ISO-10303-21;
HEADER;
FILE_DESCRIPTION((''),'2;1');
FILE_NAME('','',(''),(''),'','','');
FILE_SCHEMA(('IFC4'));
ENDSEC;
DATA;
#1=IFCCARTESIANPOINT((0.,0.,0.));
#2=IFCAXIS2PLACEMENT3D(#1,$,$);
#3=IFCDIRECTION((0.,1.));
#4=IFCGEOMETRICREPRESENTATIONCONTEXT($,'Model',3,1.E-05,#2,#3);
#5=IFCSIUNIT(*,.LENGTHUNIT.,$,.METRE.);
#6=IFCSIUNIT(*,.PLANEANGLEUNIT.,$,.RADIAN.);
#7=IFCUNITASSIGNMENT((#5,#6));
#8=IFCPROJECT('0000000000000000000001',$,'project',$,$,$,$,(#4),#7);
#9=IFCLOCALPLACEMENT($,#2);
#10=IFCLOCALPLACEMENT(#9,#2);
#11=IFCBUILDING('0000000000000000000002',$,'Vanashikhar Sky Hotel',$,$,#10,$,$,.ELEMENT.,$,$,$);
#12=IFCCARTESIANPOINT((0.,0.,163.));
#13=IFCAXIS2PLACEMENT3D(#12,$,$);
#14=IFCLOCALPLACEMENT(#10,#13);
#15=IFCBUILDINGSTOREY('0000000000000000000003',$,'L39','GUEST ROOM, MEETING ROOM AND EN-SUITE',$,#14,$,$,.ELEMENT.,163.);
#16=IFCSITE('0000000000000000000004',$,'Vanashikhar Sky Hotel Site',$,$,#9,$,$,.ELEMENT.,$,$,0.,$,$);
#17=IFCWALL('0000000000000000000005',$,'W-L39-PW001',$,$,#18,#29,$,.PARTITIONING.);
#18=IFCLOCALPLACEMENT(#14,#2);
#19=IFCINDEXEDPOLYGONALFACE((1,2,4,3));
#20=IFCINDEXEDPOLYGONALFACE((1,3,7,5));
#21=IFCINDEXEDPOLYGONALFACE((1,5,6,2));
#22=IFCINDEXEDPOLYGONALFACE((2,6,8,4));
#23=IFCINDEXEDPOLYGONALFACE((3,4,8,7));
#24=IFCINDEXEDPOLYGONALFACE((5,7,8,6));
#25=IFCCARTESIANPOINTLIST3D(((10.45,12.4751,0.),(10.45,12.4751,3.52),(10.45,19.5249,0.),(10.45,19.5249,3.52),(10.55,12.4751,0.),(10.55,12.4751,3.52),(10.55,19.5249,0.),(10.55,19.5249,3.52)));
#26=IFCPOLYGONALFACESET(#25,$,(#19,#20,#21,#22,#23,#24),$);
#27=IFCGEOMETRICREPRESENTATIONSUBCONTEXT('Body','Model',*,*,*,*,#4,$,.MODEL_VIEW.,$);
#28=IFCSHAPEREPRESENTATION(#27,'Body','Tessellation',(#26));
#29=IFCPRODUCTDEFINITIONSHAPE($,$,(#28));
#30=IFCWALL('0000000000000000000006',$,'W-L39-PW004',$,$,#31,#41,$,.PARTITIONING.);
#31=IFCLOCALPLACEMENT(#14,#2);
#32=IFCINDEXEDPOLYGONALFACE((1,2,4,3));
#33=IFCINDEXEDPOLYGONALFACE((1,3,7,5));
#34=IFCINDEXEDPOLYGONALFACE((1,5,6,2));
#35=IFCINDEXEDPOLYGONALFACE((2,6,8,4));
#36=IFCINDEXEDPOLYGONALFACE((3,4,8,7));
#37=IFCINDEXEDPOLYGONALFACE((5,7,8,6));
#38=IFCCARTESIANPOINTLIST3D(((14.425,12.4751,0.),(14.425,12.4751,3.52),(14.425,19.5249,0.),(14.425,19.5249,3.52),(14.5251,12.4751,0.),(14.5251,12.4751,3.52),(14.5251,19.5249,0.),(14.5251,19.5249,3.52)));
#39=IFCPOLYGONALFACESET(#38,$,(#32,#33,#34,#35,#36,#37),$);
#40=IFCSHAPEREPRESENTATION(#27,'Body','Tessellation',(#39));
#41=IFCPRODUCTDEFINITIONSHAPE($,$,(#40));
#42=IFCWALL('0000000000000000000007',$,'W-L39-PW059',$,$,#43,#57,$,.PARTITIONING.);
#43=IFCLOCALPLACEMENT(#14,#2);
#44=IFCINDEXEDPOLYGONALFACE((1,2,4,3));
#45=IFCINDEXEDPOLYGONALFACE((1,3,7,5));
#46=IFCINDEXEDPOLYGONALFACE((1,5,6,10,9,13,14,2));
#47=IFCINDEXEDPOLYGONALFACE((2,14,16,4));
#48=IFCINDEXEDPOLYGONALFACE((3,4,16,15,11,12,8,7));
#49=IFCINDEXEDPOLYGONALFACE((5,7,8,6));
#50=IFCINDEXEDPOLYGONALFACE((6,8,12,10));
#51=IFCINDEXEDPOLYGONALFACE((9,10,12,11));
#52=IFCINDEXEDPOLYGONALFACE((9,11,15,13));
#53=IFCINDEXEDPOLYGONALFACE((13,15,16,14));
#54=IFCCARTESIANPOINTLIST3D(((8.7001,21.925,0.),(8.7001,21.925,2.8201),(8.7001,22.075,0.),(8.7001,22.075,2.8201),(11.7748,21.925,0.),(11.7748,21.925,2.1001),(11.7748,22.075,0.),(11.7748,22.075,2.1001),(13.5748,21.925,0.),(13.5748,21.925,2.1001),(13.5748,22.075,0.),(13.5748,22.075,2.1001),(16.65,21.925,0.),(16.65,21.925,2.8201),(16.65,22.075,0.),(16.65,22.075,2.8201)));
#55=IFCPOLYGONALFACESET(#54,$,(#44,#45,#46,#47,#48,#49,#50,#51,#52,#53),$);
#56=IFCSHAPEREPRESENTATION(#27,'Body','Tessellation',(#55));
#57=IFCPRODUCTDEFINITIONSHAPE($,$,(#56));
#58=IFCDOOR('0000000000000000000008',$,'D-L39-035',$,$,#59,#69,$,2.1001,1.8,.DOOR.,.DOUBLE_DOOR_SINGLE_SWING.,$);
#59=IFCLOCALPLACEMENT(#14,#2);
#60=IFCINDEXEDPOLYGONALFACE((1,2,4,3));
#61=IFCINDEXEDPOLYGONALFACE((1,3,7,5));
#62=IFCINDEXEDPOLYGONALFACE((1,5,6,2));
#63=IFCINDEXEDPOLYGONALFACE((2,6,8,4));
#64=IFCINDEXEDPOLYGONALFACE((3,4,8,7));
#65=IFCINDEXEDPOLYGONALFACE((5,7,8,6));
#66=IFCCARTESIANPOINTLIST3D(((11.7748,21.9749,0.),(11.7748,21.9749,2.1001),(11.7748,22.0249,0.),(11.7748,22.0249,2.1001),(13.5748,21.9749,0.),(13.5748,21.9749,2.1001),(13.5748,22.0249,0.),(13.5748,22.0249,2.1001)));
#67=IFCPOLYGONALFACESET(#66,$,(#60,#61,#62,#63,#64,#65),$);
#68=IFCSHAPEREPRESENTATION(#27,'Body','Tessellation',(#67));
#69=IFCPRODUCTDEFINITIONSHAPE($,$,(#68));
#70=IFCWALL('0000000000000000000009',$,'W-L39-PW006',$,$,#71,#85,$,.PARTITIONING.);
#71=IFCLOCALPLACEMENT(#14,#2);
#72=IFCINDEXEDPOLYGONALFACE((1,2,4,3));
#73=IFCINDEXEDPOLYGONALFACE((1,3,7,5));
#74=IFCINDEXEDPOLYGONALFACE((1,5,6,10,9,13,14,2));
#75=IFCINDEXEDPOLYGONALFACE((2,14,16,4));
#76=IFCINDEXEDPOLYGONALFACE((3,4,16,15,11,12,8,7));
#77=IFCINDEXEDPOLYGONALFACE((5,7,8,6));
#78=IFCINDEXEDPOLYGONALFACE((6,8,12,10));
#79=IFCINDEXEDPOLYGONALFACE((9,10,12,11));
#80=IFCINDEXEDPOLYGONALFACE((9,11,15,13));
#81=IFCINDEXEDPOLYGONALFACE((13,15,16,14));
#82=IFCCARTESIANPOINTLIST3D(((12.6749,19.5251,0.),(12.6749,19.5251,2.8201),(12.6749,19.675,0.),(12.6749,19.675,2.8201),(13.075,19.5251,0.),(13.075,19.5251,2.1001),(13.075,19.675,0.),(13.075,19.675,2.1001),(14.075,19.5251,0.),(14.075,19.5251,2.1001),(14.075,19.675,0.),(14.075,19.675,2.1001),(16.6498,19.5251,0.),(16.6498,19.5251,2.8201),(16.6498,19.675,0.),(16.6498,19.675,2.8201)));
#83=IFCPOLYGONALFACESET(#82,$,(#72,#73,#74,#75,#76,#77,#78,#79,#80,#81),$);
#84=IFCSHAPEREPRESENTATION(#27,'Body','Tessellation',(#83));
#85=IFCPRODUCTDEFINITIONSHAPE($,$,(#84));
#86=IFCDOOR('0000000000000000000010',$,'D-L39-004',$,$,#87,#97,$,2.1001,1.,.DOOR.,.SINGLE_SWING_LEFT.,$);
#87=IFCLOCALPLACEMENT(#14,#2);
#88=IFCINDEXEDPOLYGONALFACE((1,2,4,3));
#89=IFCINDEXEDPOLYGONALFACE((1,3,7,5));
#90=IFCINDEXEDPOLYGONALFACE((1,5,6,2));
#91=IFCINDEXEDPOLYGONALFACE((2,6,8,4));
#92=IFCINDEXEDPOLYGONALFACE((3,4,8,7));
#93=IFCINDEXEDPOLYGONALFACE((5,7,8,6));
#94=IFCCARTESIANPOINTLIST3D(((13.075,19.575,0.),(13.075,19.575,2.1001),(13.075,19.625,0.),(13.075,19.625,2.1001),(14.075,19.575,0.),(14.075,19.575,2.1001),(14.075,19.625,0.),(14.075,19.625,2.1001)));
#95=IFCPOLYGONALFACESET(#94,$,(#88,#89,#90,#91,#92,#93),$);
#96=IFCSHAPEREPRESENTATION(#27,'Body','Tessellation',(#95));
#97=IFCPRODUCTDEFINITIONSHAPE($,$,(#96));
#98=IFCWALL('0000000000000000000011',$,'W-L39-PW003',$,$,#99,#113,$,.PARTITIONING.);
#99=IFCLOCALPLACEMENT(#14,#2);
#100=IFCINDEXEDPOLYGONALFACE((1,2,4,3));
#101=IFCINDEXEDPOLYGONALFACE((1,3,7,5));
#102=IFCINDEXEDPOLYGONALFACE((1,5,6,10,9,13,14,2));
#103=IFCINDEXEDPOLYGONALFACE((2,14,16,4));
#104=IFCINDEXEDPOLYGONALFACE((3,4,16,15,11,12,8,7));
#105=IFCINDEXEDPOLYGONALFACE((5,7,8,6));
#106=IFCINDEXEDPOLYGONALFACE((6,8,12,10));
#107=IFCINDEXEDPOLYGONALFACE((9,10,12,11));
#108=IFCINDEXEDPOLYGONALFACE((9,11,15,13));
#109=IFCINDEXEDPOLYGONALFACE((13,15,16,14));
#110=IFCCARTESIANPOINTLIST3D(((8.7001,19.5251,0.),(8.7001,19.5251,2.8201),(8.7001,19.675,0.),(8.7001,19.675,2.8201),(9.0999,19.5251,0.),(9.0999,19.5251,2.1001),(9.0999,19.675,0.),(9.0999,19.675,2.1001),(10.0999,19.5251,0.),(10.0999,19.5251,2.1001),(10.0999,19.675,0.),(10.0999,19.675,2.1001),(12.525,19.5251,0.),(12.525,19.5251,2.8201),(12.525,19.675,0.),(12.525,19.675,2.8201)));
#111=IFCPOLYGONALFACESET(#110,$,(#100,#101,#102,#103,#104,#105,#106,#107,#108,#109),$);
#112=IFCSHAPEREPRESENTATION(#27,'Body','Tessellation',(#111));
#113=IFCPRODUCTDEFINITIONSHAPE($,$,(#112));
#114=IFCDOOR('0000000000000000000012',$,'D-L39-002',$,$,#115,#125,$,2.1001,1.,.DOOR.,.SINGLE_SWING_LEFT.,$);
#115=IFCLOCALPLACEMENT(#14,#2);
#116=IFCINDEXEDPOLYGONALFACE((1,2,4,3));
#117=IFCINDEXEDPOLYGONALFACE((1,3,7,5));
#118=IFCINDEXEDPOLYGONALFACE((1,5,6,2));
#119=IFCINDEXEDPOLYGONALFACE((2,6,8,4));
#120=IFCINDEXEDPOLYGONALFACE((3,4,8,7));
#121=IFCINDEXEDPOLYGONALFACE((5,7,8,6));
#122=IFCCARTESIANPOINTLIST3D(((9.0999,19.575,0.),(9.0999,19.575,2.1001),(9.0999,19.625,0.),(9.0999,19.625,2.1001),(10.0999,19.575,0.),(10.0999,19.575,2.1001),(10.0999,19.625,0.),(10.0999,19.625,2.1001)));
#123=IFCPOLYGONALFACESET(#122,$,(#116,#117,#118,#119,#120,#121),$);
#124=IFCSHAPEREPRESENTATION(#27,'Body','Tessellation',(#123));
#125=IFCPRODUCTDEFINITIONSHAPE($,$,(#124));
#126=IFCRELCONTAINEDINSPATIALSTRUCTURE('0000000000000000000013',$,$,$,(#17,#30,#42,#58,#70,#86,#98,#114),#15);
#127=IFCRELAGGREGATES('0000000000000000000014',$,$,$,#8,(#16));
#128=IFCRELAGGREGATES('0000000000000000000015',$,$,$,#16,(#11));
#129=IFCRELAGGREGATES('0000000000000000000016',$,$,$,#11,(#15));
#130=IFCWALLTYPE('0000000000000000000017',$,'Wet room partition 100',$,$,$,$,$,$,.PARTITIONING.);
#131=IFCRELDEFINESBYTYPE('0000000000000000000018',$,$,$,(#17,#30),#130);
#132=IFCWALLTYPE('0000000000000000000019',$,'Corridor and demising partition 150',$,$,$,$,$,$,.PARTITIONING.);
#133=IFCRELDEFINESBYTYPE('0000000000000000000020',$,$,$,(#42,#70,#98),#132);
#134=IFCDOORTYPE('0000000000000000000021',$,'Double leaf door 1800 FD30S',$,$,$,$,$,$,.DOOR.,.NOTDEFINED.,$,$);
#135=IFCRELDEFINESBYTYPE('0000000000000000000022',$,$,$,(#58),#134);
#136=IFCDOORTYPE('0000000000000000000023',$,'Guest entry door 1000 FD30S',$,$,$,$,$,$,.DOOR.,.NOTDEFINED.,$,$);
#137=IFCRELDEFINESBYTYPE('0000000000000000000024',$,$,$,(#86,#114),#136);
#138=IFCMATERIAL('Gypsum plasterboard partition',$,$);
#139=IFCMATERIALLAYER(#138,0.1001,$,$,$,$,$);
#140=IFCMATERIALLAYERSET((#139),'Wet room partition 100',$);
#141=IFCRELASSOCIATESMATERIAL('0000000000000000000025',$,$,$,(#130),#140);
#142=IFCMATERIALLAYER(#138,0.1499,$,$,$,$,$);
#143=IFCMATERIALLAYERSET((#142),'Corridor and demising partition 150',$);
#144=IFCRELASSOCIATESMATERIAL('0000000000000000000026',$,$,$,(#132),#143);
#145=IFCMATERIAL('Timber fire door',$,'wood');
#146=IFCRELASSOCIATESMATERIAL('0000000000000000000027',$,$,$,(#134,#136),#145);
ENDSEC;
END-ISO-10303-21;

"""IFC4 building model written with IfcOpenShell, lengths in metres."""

from ifc_helpers import new_model, si_unit, direction, frame, frame_2d, origin, place, context, subcontext, project, spatial, rectangle, extrude, source, transform, mapped, material, layer, layer_set, type_object, element, fill, save


model = new_model("IFC4")

# Units and contexts
model_context = context("Model", 3, precision=1e-05, world=origin(), true_north=direction((0.0, 1.0)))
body_context = subcontext(model_context, "Body", "Model", "MODEL_VIEW")
ifc_project = project(units=[si_unit("LENGTHUNIT", "METRE"), si_unit("PLANEANGLEUNIT", "RADIAN")], contexts=[model_context])

# Site, building, storey
site_placement = place(None, origin())
site = spatial("IfcSite", under=ifc_project, at=site_placement, Name="Vanashikhar Sky Hotel Site", CompositionType="ELEMENT", RefElevation=0.0)
building_placement = place(site_placement, origin())
building = spatial("IfcBuilding", under=site, at=building_placement, Name="Vanashikhar Sky Hotel", CompositionType="ELEMENT")
storey_placement = place(building_placement, frame((0.0, 0.0, 163.0)))
storey = spatial("IfcBuildingStorey", under=building, at=storey_placement, Name="L39", Description="GUEST ROOM, MEETING ROOM AND EN-SUITE", CompositionType="ELEMENT", Elevation=163.0)

# Walls
ifc_material_1 = material(Name="Gypsum plasterboard partition")
ifc_layer_1 = layer(ifc_material_1, 0.1001)
ifc_layer_set_1 = layer_set([ifc_layer_1], Name="Wet room partition 100")
wall_type_1 = type_object("IfcWallType", Name="Wet room partition 100", PredefinedType="PARTITIONING", material=ifc_layer_set_1)
shared_shape_1 = source(origin(), body_context, "Body", "SweptSolid", [
    extrude(rectangle(XDim=7.0498, YDim=0.1001, at=frame_2d((3.5249, 0.0))), origin(), (0.0, 0.0, 1.0), 3.52),
])
for number, where, z_axis, x_axis, name in (
    (1, (10.5, 12.4751, 0.0), (0.0, 0.0, 1.0), (0.0, 1.0, 0.0), "W-L39-PW001"),
    (2, (14.4751, 12.4751, 0.0), (0.0, 0.0, 1.0), (0.0, 1.0, 0.0), "W-L39-PW004"),
):
    element("IfcWall", number, at=place(storey_placement, frame(where, z_axis=z_axis, x_axis=x_axis)), inside=storey, type_object=wall_type_1, Name=name, PredefinedType="PARTITIONING", context=body_context, shape_type="MappedRepresentation", body=[
        mapped(shared_shape_1, transform((0.0, 0.0, 0.0), scale=1.0)),
    ])

# Walls, openings, doors
ifc_layer_2 = layer(ifc_material_1, 0.1499)
ifc_layer_set_2 = layer_set([ifc_layer_2], Name="Corridor and demising partition 150")
wall_type_2 = type_object("IfcWallType", Name="Corridor and demising partition 150", PredefinedType="PARTITIONING", material=ifc_layer_set_2)
shared_shape_2 = source(origin(), body_context, "Body", "SweptSolid", [
    extrude(rectangle(XDim=7.95, YDim=0.1499, at=frame_2d((3.9751, 0.0))), origin(), (0.0, 0.0, 1.0), 2.8201),
])
wall_1_placement = place(storey_placement, frame((8.7, 22.0, 0.0), z_axis=(0.0, 0.0, 1.0), x_axis=(1.0, 0.0, 0.0)))
wall_1 = element("IfcWall", 3, at=wall_1_placement, inside=storey, type_object=wall_type_2, Name="W-L39-PW059", PredefinedType="PARTITIONING", context=body_context, shape_type="MappedRepresentation", body=[
    mapped(shared_shape_2, transform((0.0, 0.0, 0.0), scale=1.0)),
])
shared_shape_3 = source(origin(), body_context, "Body", "SweptSolid", [
    extrude(rectangle(XDim=1.8, YDim=2.1001, at=frame_2d((0.8999, 1.05))), frame((0.0, 0.085, 0.0), z_axis=(0.0, -1.0, 0.0), x_axis=(1.0, 0.0, 0.0)), (0.0, 0.0, 1.0), 0.1699),
])
opening_1_placement = place(wall_1_placement, frame((3.075, 0.0, 0.0)))
opening_1 = element("IfcOpeningElement", 4, at=opening_1_placement, cuts=wall_1, PredefinedType="OPENING", context=body_context, shape_type="MappedRepresentation", body=[
    mapped(shared_shape_3, transform((0.0, 0.0, 0.0), scale=1.0)),
])
ifc_material_2 = material(Name="Timber fire door", Category="wood")
door_type_1 = type_object("IfcDoorType", Name="Double leaf door 1800 FD30S", OperationType="NOTDEFINED", PredefinedType="DOOR", material=ifc_material_2)
shared_shape_4 = source(origin(), body_context, "Body", "SweptSolid", [
    extrude(rectangle(XDim=1.8, YDim=2.1001, at=frame_2d((0.8999, 1.05))), frame((0.0, 0.0249, 0.0), z_axis=(0.0, -1.0, 0.0), x_axis=(1.0, 0.0, 0.0)), (0.0, 0.0, 1.0), 0.05),
])
door_1_placement = place(opening_1_placement, origin())
door_1 = element("IfcDoor", 5, at=door_1_placement, inside=storey, type_object=door_type_1, Name="D-L39-035", OperationType="DOUBLE_DOOR_SINGLE_SWING", OverallHeight=2.1001, OverallWidth=1.8, PredefinedType="DOOR", context=body_context, shape_type="MappedRepresentation", body=[
    mapped(shared_shape_4, transform((0.0, 0.0, 0.0), scale=1.0)),
])
fill(opening_1, door_1)
shared_shape_5 = source(origin(), body_context, "Body", "SweptSolid", [
    extrude(rectangle(XDim=3.9749, YDim=0.1499, at=frame_2d((1.9873, 0.0))), origin(), (0.0, 0.0, 1.0), 2.8201),
])
wall_2_placement = place(storey_placement, frame((12.675, 19.6001, 0.0), z_axis=(0.0, 0.0, 1.0), x_axis=(1.0, 0.0, 0.0)))
wall_2 = element("IfcWall", 6, at=wall_2_placement, inside=storey, type_object=wall_type_2, Name="W-L39-PW006", PredefinedType="PARTITIONING", context=body_context, shape_type="MappedRepresentation", body=[
    mapped(shared_shape_5, transform((0.0, 0.0, 0.0), scale=1.0)),
])
shared_shape_6 = source(origin(), body_context, "Body", "SweptSolid", [
    extrude(rectangle(XDim=1.0, YDim=2.1001, at=frame_2d((0.5, 1.05))), frame((0.0, 0.085, 0.0), z_axis=(0.0, -1.0, 0.0), x_axis=(1.0, 0.0, 0.0)), (0.0, 0.0, 1.0), 0.1699),
])
opening_2_placement = place(wall_2_placement, frame((0.3999, 0.0, 0.0)))
opening_2 = element("IfcOpeningElement", 7, at=opening_2_placement, cuts=wall_2, PredefinedType="OPENING", context=body_context, shape_type="MappedRepresentation", body=[
    mapped(shared_shape_6, transform((0.0, 0.0, 0.0), scale=1.0)),
])
door_type_2 = type_object("IfcDoorType", Name="Guest entry door 1000 FD30S", OperationType="NOTDEFINED", PredefinedType="DOOR", material=ifc_material_2)
shared_shape_7 = source(origin(), body_context, "Body", "SweptSolid", [
    extrude(rectangle(XDim=1.0, YDim=2.1001, at=frame_2d((0.5, 1.05))), frame((0.0, 0.0249, 0.0), z_axis=(0.0, -1.0, 0.0), x_axis=(1.0, 0.0, 0.0)), (0.0, 0.0, 1.0), 0.05),
])
door_2_placement = place(opening_2_placement, origin())
door_2 = element("IfcDoor", 8, at=door_2_placement, inside=storey, type_object=door_type_2, Name="D-L39-004", OperationType="SINGLE_SWING_LEFT", OverallHeight=2.1001, OverallWidth=1.0, PredefinedType="DOOR", context=body_context, shape_type="MappedRepresentation", body=[
    mapped(shared_shape_7, transform((0.0, 0.0, 0.0), scale=1.0)),
])
fill(opening_2, door_2)
shared_shape_8 = source(origin(), body_context, "Body", "SweptSolid", [
    extrude(rectangle(XDim=3.825, YDim=0.1499, at=frame_2d((1.9126, 0.0))), origin(), (0.0, 0.0, 1.0), 2.8201),
])
wall_3_placement = place(storey_placement, frame((8.7, 19.6001, 0.0), z_axis=(0.0, 0.0, 1.0), x_axis=(1.0, 0.0, 0.0)))
wall_3 = element("IfcWall", 9, at=wall_3_placement, inside=storey, type_object=wall_type_2, Name="W-L39-PW003", PredefinedType="PARTITIONING", context=body_context, shape_type="MappedRepresentation", body=[
    mapped(shared_shape_8, transform((0.0, 0.0, 0.0), scale=1.0)),
])
opening_3_placement = place(wall_3_placement, frame((0.3999, 0.0, 0.0)))
opening_3 = element("IfcOpeningElement", 10, at=opening_3_placement, cuts=wall_3, PredefinedType="OPENING", context=body_context, shape_type="MappedRepresentation", body=[
    mapped(shared_shape_6, transform((0.0, 0.0, 0.0), scale=1.0)),
])
door_3_placement = place(opening_3_placement, origin())
door_3 = element("IfcDoor", 11, at=door_3_placement, inside=storey, type_object=door_type_2, Name="D-L39-002", OperationType="SINGLE_SWING_LEFT", OverallHeight=2.1001, OverallWidth=1.0, PredefinedType="DOOR", context=body_context, shape_type="MappedRepresentation", body=[
    mapped(shared_shape_7, transform((0.0, 0.0, 0.0), scale=1.0)),
])
fill(opening_3, door_3)

save(model, "model.ifc")
